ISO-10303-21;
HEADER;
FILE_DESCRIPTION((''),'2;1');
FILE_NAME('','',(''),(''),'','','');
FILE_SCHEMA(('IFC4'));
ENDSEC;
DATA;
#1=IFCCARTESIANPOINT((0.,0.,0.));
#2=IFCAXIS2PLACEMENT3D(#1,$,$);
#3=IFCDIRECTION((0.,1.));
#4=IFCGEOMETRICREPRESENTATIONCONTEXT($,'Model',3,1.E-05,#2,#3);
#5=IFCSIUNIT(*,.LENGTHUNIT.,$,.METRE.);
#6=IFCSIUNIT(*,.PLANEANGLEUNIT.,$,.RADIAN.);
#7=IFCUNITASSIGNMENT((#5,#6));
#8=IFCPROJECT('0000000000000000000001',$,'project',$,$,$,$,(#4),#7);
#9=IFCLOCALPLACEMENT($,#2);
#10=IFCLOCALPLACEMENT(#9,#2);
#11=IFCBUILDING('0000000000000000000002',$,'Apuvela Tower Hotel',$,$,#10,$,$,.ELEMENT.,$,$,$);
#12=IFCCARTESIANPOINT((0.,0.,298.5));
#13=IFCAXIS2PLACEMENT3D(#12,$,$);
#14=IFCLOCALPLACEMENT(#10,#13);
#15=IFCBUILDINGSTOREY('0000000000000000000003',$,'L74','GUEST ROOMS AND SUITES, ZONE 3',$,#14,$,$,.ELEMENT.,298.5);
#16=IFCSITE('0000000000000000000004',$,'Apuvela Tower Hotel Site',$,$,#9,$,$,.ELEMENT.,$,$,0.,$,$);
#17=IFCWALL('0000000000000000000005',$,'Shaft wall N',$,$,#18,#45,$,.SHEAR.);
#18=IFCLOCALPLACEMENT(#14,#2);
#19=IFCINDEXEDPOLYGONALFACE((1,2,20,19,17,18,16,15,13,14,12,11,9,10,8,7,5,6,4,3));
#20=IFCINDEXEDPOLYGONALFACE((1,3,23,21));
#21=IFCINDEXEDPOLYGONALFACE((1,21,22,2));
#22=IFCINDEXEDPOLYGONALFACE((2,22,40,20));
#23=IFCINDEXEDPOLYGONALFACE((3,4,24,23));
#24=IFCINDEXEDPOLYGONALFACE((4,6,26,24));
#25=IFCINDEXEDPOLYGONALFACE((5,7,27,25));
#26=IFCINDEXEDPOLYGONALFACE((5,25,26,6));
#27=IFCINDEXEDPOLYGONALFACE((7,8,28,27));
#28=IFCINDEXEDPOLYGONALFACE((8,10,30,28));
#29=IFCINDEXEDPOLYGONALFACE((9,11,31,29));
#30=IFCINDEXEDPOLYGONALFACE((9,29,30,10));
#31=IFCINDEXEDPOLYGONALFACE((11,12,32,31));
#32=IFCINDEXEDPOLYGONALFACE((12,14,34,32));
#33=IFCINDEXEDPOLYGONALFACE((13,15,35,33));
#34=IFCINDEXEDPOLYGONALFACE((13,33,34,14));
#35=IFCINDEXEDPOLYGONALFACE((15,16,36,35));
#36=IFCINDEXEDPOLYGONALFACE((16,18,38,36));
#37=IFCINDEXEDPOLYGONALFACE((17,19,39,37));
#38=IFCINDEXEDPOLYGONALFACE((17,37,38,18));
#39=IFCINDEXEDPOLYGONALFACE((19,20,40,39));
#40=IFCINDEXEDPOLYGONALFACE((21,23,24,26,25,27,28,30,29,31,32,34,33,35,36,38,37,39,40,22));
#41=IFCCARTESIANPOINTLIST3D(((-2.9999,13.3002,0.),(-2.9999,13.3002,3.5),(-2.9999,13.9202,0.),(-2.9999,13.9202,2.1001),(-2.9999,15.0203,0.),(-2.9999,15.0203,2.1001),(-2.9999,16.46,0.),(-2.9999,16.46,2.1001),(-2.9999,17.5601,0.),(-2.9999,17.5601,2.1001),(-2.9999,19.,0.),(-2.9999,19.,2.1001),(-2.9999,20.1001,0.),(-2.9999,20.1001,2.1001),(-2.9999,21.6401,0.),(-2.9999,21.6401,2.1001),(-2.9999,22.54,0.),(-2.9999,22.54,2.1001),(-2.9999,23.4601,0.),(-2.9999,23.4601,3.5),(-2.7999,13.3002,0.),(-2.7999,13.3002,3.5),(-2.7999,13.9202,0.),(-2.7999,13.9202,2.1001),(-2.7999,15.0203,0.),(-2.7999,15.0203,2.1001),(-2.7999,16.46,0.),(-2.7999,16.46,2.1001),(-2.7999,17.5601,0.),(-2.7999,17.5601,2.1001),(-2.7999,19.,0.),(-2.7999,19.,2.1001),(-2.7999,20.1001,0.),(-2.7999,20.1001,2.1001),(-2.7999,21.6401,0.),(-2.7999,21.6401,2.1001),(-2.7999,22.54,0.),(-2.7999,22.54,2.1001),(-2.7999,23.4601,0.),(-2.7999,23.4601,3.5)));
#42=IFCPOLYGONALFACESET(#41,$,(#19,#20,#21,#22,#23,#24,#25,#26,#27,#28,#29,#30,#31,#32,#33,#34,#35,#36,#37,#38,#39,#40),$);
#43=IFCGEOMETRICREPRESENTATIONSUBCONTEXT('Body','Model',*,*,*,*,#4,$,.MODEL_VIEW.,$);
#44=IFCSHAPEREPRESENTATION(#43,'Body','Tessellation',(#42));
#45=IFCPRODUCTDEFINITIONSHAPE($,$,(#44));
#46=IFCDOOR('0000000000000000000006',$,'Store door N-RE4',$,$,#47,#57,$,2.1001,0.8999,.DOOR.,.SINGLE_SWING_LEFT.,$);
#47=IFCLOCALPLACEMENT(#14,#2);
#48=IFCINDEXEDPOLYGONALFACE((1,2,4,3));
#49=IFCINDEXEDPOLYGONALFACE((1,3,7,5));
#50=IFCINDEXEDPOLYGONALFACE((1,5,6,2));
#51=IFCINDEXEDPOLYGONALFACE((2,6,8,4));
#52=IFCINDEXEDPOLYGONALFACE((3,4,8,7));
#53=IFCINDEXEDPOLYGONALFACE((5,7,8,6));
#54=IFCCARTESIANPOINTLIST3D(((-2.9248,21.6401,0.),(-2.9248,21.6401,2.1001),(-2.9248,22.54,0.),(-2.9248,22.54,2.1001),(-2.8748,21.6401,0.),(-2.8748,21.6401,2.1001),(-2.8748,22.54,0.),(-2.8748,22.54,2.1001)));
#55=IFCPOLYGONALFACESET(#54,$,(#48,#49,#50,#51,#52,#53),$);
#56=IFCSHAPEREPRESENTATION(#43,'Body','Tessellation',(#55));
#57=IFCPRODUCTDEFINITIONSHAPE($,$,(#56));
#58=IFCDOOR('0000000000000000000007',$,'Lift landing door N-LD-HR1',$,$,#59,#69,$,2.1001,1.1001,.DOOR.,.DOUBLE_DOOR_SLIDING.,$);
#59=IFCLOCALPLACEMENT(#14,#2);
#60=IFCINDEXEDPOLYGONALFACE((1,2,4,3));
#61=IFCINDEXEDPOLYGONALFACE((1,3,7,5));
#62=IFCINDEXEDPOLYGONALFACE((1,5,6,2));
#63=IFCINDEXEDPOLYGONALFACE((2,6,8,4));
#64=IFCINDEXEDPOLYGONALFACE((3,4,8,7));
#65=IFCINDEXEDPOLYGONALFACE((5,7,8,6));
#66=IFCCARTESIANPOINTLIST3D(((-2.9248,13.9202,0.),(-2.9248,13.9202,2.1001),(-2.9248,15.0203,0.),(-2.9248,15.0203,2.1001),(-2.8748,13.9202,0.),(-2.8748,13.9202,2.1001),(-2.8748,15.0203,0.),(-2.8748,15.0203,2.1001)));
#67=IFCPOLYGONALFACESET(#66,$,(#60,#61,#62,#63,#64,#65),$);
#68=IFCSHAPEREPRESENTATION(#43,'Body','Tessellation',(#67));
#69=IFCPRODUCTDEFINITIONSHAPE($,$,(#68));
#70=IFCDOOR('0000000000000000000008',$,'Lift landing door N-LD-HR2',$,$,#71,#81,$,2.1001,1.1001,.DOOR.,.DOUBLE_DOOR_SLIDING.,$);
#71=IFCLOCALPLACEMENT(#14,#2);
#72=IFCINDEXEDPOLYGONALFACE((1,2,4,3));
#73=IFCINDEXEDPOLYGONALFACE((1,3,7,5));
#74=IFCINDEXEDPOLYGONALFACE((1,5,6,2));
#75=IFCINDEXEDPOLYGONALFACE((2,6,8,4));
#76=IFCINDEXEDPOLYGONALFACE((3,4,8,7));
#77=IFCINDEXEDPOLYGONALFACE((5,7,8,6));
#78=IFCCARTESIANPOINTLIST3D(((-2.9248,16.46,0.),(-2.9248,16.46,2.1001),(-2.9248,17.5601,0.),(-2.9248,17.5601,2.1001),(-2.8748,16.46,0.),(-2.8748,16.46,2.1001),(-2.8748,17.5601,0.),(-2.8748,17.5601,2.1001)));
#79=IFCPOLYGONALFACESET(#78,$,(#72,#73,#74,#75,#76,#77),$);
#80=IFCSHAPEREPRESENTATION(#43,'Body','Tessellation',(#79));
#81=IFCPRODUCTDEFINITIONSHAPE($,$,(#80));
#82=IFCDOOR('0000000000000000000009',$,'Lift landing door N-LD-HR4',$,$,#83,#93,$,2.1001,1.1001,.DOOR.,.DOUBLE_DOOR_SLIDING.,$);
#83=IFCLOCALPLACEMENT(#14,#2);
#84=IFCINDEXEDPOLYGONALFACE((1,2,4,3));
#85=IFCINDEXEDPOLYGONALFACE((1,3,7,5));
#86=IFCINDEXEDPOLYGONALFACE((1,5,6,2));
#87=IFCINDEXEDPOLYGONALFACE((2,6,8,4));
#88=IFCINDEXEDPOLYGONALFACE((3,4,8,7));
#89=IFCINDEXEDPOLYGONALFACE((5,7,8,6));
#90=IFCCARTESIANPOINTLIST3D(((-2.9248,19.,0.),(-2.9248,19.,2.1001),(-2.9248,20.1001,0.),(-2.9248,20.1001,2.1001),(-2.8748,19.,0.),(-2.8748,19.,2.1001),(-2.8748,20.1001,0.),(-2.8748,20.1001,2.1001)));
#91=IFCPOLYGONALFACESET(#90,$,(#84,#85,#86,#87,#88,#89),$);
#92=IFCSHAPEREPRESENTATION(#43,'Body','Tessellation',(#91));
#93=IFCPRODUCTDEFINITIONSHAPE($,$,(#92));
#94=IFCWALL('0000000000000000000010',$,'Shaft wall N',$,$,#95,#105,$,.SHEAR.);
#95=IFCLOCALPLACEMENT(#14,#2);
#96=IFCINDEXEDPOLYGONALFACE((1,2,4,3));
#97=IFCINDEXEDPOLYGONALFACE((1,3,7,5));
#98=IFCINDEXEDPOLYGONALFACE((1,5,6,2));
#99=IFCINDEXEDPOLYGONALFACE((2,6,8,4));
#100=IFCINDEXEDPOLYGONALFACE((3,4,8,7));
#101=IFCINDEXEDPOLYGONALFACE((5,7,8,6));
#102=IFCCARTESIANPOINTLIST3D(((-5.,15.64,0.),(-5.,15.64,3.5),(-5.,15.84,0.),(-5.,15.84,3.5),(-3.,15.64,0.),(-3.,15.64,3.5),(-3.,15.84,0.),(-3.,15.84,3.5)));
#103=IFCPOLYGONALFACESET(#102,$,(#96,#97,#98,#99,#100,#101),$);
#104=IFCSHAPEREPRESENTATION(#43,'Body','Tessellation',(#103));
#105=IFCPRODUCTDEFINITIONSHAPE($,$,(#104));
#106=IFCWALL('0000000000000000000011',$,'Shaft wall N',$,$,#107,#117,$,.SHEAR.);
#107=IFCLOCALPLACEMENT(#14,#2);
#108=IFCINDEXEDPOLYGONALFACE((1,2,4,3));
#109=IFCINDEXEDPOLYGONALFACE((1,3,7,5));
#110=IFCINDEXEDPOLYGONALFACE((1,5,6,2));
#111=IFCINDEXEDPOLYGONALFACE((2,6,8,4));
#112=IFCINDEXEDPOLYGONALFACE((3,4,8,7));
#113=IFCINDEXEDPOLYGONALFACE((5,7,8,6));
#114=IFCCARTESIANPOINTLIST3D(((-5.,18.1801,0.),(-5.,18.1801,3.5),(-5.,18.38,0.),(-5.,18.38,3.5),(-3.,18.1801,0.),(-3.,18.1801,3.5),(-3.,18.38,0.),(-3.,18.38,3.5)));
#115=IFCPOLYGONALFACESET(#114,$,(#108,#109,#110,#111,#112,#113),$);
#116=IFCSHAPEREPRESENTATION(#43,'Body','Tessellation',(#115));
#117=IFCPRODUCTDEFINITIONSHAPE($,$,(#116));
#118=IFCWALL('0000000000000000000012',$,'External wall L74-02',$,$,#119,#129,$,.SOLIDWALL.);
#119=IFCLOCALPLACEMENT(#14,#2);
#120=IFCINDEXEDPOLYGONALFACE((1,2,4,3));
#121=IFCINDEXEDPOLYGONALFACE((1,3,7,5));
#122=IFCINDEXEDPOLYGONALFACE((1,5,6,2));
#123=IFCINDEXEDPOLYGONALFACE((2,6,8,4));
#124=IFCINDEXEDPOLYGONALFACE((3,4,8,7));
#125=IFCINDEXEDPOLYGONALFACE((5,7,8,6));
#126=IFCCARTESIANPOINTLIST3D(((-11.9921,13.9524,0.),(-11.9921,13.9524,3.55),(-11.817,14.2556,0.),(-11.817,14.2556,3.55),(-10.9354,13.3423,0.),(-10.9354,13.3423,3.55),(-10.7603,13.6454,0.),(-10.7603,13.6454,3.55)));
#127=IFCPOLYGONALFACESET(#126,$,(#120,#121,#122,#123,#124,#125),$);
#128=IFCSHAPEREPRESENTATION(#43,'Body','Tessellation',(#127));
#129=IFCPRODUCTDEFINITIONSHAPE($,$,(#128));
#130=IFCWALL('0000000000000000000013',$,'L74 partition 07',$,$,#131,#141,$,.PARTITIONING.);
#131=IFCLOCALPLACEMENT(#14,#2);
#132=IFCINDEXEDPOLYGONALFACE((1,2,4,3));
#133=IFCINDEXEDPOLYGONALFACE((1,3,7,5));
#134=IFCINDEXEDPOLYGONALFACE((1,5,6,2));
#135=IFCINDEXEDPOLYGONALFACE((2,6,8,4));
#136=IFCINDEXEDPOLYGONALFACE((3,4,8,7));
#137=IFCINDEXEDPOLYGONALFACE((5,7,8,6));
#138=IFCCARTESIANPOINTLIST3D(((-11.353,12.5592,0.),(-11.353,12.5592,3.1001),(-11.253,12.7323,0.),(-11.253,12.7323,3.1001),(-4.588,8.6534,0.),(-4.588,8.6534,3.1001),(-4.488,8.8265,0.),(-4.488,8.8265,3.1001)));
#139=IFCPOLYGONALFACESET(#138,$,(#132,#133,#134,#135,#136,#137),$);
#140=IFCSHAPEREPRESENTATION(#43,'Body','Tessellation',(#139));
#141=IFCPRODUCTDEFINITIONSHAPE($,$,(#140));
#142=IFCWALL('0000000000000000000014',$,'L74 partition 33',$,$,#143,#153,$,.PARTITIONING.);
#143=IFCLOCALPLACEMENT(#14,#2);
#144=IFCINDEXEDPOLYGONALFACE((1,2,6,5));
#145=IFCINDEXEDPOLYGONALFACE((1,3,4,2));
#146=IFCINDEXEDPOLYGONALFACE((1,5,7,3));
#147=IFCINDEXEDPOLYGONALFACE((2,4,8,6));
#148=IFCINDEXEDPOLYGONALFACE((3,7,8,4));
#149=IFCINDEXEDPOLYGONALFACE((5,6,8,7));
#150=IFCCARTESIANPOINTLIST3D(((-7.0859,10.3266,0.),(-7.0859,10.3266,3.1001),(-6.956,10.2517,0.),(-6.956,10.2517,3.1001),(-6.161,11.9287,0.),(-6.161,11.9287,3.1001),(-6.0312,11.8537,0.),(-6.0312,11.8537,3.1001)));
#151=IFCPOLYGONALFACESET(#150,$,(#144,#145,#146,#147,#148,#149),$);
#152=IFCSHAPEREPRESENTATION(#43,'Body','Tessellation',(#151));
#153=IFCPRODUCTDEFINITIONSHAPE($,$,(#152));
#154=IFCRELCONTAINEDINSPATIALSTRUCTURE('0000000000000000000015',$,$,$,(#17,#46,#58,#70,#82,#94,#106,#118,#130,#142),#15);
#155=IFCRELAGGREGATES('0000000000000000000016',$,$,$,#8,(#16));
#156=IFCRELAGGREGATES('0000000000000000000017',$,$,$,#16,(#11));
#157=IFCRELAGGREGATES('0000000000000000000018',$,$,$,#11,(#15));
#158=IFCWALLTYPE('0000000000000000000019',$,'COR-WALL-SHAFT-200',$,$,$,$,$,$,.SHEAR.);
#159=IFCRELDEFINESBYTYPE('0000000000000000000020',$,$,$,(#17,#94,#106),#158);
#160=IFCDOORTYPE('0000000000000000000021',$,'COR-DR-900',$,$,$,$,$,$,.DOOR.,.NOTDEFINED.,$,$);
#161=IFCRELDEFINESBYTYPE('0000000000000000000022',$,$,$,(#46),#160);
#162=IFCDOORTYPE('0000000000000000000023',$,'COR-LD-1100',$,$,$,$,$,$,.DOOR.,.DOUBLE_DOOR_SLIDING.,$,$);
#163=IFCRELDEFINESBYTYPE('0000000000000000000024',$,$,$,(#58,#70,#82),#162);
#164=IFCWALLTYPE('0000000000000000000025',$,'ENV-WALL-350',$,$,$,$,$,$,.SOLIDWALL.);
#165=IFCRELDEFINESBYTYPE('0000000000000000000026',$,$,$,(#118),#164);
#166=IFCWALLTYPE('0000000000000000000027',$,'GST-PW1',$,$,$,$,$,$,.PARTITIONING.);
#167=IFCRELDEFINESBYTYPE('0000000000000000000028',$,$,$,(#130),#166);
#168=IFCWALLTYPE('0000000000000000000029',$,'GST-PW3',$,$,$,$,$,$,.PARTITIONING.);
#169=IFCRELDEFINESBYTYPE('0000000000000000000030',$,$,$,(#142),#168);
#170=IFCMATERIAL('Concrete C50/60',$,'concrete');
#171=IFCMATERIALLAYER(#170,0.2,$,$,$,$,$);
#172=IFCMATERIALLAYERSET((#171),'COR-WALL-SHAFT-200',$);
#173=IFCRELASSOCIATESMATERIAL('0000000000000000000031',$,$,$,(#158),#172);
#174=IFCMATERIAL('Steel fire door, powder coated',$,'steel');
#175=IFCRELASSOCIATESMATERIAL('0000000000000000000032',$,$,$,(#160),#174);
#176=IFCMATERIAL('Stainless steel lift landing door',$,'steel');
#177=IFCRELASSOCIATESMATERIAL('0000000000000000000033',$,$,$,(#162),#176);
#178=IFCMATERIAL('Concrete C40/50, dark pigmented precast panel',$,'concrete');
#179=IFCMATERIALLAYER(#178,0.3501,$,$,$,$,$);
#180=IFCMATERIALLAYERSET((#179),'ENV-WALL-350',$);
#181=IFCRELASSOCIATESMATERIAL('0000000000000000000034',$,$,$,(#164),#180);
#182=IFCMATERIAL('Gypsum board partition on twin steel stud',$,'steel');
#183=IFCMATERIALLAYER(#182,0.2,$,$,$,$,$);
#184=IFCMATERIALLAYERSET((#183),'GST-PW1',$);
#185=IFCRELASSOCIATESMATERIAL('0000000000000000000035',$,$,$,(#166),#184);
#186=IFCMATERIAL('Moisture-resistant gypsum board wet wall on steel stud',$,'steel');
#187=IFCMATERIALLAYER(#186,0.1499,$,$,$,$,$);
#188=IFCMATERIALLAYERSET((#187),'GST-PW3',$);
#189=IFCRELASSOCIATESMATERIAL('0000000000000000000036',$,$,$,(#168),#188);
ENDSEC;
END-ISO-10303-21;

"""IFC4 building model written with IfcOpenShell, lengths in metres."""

from ifc_helpers import new_model, si_unit, direction, frame, frame_2d, origin, place, context, subcontext, project, spatial, rectangle, extrude, material, layer, layer_set, type_object, element, fill, save


model = new_model("IFC4")

# Units and contexts
model_context = context("Model", 3, precision=1e-05, world=origin(), true_north=direction((0.0, 1.0)))
body_context = subcontext(model_context, "Body", "Model", "MODEL_VIEW")
ifc_project = project(units=[si_unit("LENGTHUNIT", "METRE"), si_unit("PLANEANGLEUNIT", "RADIAN")], contexts=[model_context])

# Site, building, storey
site_placement = place(None, origin())
site = spatial("IfcSite", under=ifc_project, at=site_placement, Name="Apuvela Tower Hotel Site", CompositionType="ELEMENT", RefElevation=0.0)
building_placement = place(site_placement, origin())
building = spatial("IfcBuilding", under=site, at=building_placement, Name="Apuvela Tower Hotel", CompositionType="ELEMENT")
storey_placement = place(building_placement, frame((0.0, 0.0, 298.5)))
storey = spatial("IfcBuildingStorey", under=building, at=storey_placement, Name="L74", Description="GUEST ROOMS AND SUITES, ZONE 3", CompositionType="ELEMENT", Elevation=298.5)

# Shared definitions
ifc_material_1 = material(Name="Concrete C50/60", Category="concrete")
ifc_layer_1 = layer(ifc_material_1, 0.2)
ifc_layer_set_1 = layer_set([ifc_layer_1], Name="COR-WALL-SHAFT-200")
wall_type_1 = type_object("IfcWallType", Name="COR-WALL-SHAFT-200", PredefinedType="SHEAR", material=ifc_layer_set_1)

# Wall, openings, doors
wall_1_placement = place(storey_placement, frame((-2.8999, 13.3, 0.0), z_axis=(0.0, 0.0, 1.0), x_axis=(0.0, 1.0, 0.0)))
wall_1 = element("IfcWall", 1, at=wall_1_placement, inside=storey, type_object=wall_type_1, Name="Shaft wall N", PredefinedType="SHEAR", context=body_context, shape_type="SweptSolid", body=[
    extrude(rectangle(XDim=10.1599, YDim=0.2, at=frame_2d((5.0801, 0.0))), origin(), (0.0, 0.0, 1.0), 3.5),
])
opening_1_placement = place(wall_1_placement, frame((0.6201, 0.0, 0.0)))
opening_1 = element("IfcOpeningElement", 2, at=opening_1_placement, cuts=wall_1, PredefinedType="OPENING", context=body_context, shape_type="SweptSolid", body=[
    extrude(rectangle(XDim=1.1001, YDim=2.1001, at=frame_2d((0.55, 1.05))), frame((0.0, 0.1099, 0.0), z_axis=(0.0, -1.0, 0.0), x_axis=(1.0, 0.0, 0.0)), (0.0, 0.0, 1.0), 0.22),
])
opening_2_placement = place(wall_1_placement, frame((3.1599, 0.0, 0.0)))
opening_2 = element("IfcOpeningElement", 3, at=opening_2_placement, cuts=wall_1, PredefinedType="OPENING", context=body_context, shape_type="SweptSolid", body=[
    extrude(rectangle(XDim=1.1001, YDim=2.1001, at=frame_2d((0.55, 1.05))), frame((0.0, 0.1099, 0.0), z_axis=(0.0, -1.0, 0.0), x_axis=(1.0, 0.0, 0.0)), (0.0, 0.0, 1.0), 0.22),
])
opening_3_placement = place(wall_1_placement, frame((5.7, 0.0, 0.0)))
opening_3 = element("IfcOpeningElement", 4, at=opening_3_placement, cuts=wall_1, PredefinedType="OPENING", context=body_context, shape_type="SweptSolid", body=[
    extrude(rectangle(XDim=1.1001, YDim=2.1001, at=frame_2d((0.55, 1.05))), frame((0.0, 0.1099, 0.0), z_axis=(0.0, -1.0, 0.0), x_axis=(1.0, 0.0, 0.0)), (0.0, 0.0, 1.0), 0.22),
])
opening_4_placement = place(wall_1_placement, frame((8.3401, 0.0, 0.0)))
opening_4 = element("IfcOpeningElement", 5, at=opening_4_placement, cuts=wall_1, PredefinedType="OPENING", context=body_context, shape_type="SweptSolid", body=[
    extrude(rectangle(XDim=0.8999, YDim=2.1001, at=frame_2d((0.45, 1.05))), frame((0.0, 0.1099, 0.0), z_axis=(0.0, -1.0, 0.0), x_axis=(1.0, 0.0, 0.0)), (0.0, 0.0, 1.0), 0.22),
])
ifc_material_2 = material(Name="Steel fire door, powder coated", Category="steel")
door_type_1 = type_object("IfcDoorType", Name="COR-DR-900", OperationType="NOTDEFINED", PredefinedType="DOOR", material=ifc_material_2)
door_1_placement = place(opening_4_placement, origin())
door_1 = element("IfcDoor", 6, at=door_1_placement, inside=storey, type_object=door_type_1, Name="Store door N-RE4", OperationType="SINGLE_SWING_LEFT", OverallHeight=2.1001, OverallWidth=0.8999, PredefinedType="DOOR", context=body_context, shape_type="SweptSolid", body=[
    extrude(rectangle(XDim=0.8999, YDim=2.1001, at=frame_2d((0.45, 1.05))), frame((0.0, 0.0249, 0.0), z_axis=(0.0, -1.0, 0.0), x_axis=(1.0, 0.0, 0.0)), (0.0, 0.0, 1.0), 0.05),
])
fill(opening_4, door_1)
ifc_material_3 = material(Name="Stainless steel lift landing door", Category="steel")
door_type_2 = type_object("IfcDoorType", Name="COR-LD-1100", OperationType="DOUBLE_DOOR_SLIDING", PredefinedType="DOOR", material=ifc_material_3)
door_2_placement = place(opening_1_placement, origin())
door_2 = element("IfcDoor", 7, at=door_2_placement, inside=storey, type_object=door_type_2, Name="Lift landing door N-LD-HR1", OperationType="DOUBLE_DOOR_SLIDING", OverallHeight=2.1001, OverallWidth=1.1001, PredefinedType="DOOR", context=body_context, shape_type="SweptSolid", body=[
    extrude(rectangle(XDim=1.1001, YDim=2.1001, at=frame_2d((0.55, 1.05))), frame((0.0, 0.0249, 0.0), z_axis=(0.0, -1.0, 0.0), x_axis=(1.0, 0.0, 0.0)), (0.0, 0.0, 1.0), 0.05),
])
fill(opening_1, door_2)
door_3_placement = place(opening_2_placement, origin())
door_3 = element("IfcDoor", 8, at=door_3_placement, inside=storey, type_object=door_type_2, Name="Lift landing door N-LD-HR2", OperationType="DOUBLE_DOOR_SLIDING", OverallHeight=2.1001, OverallWidth=1.1001, PredefinedType="DOOR", context=body_context, shape_type="SweptSolid", body=[
    extrude(rectangle(XDim=1.1001, YDim=2.1001, at=frame_2d((0.55, 1.05))), frame((0.0, 0.0249, 0.0), z_axis=(0.0, -1.0, 0.0), x_axis=(1.0, 0.0, 0.0)), (0.0, 0.0, 1.0), 0.05),
])
fill(opening_2, door_3)
door_4_placement = place(opening_3_placement, origin())
door_4 = element("IfcDoor", 9, at=door_4_placement, inside=storey, type_object=door_type_2, Name="Lift landing door N-LD-HR4", OperationType="DOUBLE_DOOR_SLIDING", OverallHeight=2.1001, OverallWidth=1.1001, PredefinedType="DOOR", context=body_context, shape_type="SweptSolid", body=[
    extrude(rectangle(XDim=1.1001, YDim=2.1001, at=frame_2d((0.55, 1.05))), frame((0.0, 0.0249, 0.0), z_axis=(0.0, -1.0, 0.0), x_axis=(1.0, 0.0, 0.0)), (0.0, 0.0, 1.0), 0.05),
])
fill(opening_3, door_4)

# Walls
for number, where, z_axis, x_axis, name in (
    (10, (-3.0, 15.74, 0.0), (0.0, 0.0, 1.0), (-1.0, 0.0, 0.0), "Shaft wall N"),
    (11, (-3.0, 18.28, 0.0), (0.0, 0.0, 1.0), (-1.0, 0.0, 0.0), "Shaft wall N"),
):
    element("IfcWall", number, at=place(storey_placement, frame(where, z_axis=z_axis, x_axis=x_axis)), inside=storey, type_object=wall_type_1, Name=name, PredefinedType="SHEAR", context=body_context, shape_type="SweptSolid", body=[
        extrude(rectangle(XDim=2.0, YDim=0.2, at=frame_2d((1.0, 0.0))), origin(), (0.0, 0.0, 1.0), 3.5),
    ])
ifc_material_4 = material(Name="Concrete C40/50, dark pigmented precast panel", Category="concrete")
ifc_layer_2 = layer(ifc_material_4, 0.3501)
ifc_layer_set_2 = layer_set([ifc_layer_2], Name="ENV-WALL-350")
wall_type_2 = type_object("IfcWallType", Name="ENV-WALL-350", PredefinedType="SOLIDWALL", material=ifc_layer_set_2)
wall_2_placement = place(storey_placement, frame((-11.9045, 14.104, 0.0), z_axis=(0.0, 0.0, 1.0), x_axis=(0.866006, -0.500034, 0.0)))
element("IfcWall", 12, at=wall_2_placement, inside=storey, type_object=wall_type_2, Name="External wall L74-02", PredefinedType="SOLIDWALL", context=body_context, shape_type="SweptSolid", body=[
    extrude(rectangle(XDim=1.2202, YDim=0.3501, at=frame_2d((0.6101, 0.0))), origin(), (0.0, 0.0, 1.0), 3.55),
])

# Walls
ifc_material_5 = material(Name="Gypsum board partition on twin steel stud", Category="steel")
ifc_layer_3 = layer(ifc_material_5, 0.2)
ifc_layer_set_3 = layer_set([ifc_layer_3], Name="GST-PW1")
wall_type_3 = type_object("IfcWallType", Name="GST-PW1", PredefinedType="PARTITIONING", material=ifc_layer_set_3)
wall_3_placement = place(storey_placement, frame((-11.303, 12.6458, 0.0), z_axis=(0.0, 0.0, 1.0), x_axis=(0.866023, -0.500005, 0.0)))
element("IfcWall", 13, at=wall_3_placement, inside=storey, type_object=wall_type_3, Name="L74 partition 07", PredefinedType="PARTITIONING", context=body_context, shape_type="SweptSolid", body=[
    extrude(rectangle(XDim=7.8115, YDim=0.2, at=frame_2d((3.9058, 0.0))), origin(), (0.0, 0.0, 1.0), 3.1001),
])
ifc_material_6 = material(Name="Moisture-resistant gypsum board wet wall on steel stud", Category="steel")
ifc_layer_4 = layer(ifc_material_6, 0.1499)
ifc_layer_set_4 = layer_set([ifc_layer_4], Name="GST-PW3")
wall_type_4 = type_object("IfcWallType", Name="GST-PW3", PredefinedType="PARTITIONING", material=ifc_layer_set_4)
wall_4_placement = place(storey_placement, frame((-6.0962, 11.8911, 0.0), z_axis=(0.0, 0.0, 1.0), x_axis=(-0.499943, -0.866058, 0.0)))
element("IfcWall", 14, at=wall_4_placement, inside=storey, type_object=wall_type_4, Name="L74 partition 33", PredefinedType="PARTITIONING", context=body_context, shape_type="SweptSolid", body=[
    extrude(rectangle(XDim=1.8499, YDim=0.1499, at=frame_2d((0.9248, 0.0))), origin(), (0.0, 0.0, 1.0), 3.1001),
])

save(model, "model.ifc")
